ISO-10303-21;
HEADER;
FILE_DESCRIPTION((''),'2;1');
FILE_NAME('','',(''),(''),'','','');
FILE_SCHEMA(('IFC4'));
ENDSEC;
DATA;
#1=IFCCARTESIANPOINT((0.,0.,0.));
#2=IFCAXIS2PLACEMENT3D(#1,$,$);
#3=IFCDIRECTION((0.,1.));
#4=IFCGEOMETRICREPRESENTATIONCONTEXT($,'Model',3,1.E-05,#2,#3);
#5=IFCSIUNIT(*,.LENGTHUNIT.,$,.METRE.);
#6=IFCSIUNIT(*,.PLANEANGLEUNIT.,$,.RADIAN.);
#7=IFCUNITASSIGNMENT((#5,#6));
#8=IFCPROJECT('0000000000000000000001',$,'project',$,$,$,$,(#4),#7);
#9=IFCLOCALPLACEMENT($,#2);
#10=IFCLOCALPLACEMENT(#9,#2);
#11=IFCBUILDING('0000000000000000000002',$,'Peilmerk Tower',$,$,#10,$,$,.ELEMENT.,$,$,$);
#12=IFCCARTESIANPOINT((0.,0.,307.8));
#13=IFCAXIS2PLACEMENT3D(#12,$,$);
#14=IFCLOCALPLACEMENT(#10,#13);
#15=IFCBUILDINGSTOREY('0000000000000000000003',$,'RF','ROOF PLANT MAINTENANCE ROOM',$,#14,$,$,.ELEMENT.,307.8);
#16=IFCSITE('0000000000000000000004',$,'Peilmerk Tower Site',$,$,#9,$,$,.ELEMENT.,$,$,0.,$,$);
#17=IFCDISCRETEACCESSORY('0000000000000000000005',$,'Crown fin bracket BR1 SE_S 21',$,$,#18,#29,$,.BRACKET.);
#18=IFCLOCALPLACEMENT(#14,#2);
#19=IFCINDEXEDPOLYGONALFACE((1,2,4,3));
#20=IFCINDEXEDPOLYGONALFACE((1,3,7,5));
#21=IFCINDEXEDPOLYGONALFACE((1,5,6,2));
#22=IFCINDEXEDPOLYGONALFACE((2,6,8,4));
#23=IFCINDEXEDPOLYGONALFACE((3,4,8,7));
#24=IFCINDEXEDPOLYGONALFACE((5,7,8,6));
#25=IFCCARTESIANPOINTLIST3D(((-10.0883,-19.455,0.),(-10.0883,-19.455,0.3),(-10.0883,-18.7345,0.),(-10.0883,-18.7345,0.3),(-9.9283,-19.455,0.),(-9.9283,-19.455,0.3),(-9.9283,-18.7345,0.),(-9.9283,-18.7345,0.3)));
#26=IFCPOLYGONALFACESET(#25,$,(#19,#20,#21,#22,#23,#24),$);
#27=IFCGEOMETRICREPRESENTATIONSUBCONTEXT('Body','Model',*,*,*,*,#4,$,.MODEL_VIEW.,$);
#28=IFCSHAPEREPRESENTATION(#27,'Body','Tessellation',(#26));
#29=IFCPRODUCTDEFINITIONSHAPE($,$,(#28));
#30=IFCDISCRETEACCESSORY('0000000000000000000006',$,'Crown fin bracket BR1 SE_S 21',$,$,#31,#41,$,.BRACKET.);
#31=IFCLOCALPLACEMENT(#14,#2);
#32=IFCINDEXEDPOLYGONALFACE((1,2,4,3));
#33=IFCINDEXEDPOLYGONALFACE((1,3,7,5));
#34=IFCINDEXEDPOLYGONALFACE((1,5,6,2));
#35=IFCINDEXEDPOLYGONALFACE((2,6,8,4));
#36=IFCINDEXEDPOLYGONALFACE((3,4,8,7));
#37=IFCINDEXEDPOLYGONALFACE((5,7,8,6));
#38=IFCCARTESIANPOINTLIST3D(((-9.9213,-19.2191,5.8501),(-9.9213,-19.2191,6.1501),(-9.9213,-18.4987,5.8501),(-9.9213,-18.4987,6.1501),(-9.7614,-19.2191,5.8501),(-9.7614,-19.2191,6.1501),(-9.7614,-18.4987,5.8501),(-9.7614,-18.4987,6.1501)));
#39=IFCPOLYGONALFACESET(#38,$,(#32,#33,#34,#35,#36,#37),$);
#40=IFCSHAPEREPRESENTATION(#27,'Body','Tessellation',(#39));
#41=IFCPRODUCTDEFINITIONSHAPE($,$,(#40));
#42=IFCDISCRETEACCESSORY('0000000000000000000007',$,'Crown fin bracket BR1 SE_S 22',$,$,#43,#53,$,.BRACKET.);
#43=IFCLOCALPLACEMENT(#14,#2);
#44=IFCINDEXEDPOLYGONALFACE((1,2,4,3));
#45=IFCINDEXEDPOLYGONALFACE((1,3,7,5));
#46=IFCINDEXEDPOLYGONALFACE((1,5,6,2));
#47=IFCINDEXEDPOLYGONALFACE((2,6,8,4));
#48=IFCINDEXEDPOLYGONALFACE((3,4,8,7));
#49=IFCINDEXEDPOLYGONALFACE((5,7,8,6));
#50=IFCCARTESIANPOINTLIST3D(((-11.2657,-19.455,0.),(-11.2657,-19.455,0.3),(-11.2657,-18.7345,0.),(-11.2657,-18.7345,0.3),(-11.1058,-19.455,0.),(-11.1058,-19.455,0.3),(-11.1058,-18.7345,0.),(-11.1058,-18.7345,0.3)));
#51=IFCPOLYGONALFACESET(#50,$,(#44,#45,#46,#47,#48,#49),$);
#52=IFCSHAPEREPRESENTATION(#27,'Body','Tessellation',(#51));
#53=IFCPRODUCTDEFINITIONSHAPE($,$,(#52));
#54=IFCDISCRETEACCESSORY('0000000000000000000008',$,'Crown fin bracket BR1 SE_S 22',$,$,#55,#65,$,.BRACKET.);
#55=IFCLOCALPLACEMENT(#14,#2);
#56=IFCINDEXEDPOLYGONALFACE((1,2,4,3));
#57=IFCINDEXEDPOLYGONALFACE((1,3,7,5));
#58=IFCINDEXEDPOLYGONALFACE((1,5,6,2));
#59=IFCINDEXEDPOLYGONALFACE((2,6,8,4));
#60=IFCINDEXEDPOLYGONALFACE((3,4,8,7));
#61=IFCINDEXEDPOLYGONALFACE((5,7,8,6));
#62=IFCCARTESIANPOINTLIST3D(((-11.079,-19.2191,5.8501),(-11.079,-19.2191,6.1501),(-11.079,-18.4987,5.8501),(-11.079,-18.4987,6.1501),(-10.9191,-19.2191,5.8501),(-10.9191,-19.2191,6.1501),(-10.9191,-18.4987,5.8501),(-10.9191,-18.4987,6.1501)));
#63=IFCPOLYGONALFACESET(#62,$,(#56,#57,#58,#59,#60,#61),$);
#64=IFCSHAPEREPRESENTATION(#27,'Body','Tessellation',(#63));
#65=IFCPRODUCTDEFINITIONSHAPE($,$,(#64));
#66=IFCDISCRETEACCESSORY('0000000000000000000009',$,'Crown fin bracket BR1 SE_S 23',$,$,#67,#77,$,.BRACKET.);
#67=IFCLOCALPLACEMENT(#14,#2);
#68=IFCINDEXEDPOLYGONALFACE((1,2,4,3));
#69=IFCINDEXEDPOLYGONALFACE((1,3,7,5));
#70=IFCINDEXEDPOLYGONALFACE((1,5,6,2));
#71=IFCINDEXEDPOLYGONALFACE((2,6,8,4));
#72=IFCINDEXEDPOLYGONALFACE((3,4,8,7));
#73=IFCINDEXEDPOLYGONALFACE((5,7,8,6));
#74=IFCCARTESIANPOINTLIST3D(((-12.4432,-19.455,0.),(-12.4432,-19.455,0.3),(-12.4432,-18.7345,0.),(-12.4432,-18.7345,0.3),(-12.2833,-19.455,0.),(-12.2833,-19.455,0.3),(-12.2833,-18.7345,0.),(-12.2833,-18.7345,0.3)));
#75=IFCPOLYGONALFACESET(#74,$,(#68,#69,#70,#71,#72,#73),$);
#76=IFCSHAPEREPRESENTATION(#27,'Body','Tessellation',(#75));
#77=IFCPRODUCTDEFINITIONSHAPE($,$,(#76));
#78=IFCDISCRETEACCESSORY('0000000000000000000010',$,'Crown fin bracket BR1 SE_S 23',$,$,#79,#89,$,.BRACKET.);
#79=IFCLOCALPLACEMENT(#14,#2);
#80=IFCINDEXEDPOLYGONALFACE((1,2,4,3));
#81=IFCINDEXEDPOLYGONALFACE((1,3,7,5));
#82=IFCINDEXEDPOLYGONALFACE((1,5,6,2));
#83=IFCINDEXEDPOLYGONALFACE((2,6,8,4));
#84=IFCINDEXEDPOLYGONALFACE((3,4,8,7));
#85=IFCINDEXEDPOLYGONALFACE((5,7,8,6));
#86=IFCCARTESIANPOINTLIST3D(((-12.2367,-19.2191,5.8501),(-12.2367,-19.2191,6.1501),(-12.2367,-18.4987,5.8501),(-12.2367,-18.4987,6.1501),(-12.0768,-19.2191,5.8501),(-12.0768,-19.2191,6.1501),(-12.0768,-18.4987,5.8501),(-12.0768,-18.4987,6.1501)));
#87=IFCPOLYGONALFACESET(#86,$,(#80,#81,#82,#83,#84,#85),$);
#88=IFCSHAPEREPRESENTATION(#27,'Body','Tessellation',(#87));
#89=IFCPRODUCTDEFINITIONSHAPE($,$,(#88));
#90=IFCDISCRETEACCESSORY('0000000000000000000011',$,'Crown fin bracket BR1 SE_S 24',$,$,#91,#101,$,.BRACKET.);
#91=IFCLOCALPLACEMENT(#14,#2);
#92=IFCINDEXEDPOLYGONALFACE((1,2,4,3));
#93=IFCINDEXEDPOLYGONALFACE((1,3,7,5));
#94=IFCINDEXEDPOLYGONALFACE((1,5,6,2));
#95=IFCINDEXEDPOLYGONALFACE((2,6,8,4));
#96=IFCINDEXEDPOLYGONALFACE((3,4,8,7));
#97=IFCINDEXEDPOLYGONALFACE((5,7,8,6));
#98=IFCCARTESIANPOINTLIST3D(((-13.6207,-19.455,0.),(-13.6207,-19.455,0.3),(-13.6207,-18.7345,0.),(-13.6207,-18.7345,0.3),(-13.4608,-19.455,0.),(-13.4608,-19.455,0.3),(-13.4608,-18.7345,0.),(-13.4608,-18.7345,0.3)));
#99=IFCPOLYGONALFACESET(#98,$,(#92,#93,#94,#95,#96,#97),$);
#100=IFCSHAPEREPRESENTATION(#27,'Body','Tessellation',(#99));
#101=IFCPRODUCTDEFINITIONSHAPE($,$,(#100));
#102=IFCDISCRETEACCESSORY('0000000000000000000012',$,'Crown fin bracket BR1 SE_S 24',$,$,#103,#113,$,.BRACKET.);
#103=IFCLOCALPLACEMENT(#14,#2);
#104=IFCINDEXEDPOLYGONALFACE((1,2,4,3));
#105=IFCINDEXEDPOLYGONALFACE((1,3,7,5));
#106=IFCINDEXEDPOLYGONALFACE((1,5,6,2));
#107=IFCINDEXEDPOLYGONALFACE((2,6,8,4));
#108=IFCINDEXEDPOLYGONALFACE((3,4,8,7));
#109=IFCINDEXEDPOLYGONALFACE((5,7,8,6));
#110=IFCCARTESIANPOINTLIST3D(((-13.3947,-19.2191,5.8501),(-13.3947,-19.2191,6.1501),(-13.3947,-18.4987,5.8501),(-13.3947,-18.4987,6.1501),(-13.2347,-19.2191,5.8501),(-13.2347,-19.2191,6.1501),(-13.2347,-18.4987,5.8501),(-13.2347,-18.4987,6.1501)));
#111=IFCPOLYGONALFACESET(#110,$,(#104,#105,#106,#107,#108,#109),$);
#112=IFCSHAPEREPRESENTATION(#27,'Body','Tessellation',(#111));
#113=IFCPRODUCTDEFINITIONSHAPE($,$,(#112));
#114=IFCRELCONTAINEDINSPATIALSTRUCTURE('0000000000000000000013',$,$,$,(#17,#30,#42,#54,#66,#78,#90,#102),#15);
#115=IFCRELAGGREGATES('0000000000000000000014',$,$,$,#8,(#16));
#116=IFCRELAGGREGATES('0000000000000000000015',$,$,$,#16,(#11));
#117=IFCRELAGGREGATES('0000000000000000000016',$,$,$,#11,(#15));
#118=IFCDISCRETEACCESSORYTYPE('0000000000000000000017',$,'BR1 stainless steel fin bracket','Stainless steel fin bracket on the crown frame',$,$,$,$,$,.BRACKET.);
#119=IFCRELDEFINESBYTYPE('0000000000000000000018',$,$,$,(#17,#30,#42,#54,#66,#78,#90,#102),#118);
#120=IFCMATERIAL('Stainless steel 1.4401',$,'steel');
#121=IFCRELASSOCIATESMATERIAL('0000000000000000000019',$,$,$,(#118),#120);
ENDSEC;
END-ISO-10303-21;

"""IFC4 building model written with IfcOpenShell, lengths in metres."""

from ifc_helpers import new_model, si_unit, direction, frame, origin, origin_2d, place, context, subcontext, project, spatial, rectangle, extrude, source, transform, mapped, material, type_object, element, save


model = new_model("IFC4")

# Units and contexts
model_context = context("Model", 3, precision=1e-05, world=origin(), true_north=direction((0.0, 1.0)))
body_context = subcontext(model_context, "Body", "Model", "MODEL_VIEW")
ifc_project = project(units=[si_unit("LENGTHUNIT", "METRE"), si_unit("PLANEANGLEUNIT", "RADIAN")], contexts=[model_context])

# Site, building, storey
site_placement = place(None, origin())
site = spatial("IfcSite", under=ifc_project, at=site_placement, Name="Peilmerk Tower Site", CompositionType="ELEMENT", RefElevation=0.0)
building_placement = place(site_placement, origin())
building = spatial("IfcBuilding", under=site, at=building_placement, Name="Peilmerk Tower", CompositionType="ELEMENT")
storey_placement = place(building_placement, frame((0.0, 0.0, 307.8)))
storey = spatial("IfcBuildingStorey", under=building, at=storey_placement, Name="RF", Description="ROOF PLANT MAINTENANCE ROOM", CompositionType="ELEMENT", Elevation=307.8)

# Discrete accessories
ifc_material_1 = material(Name="Stainless steel 1.4401", Category="steel")
discrete_accessory_type = type_object("IfcDiscreteAccessoryType", Name="BR1 stainless steel fin bracket", Description="Stainless steel fin bracket on the crown frame", PredefinedType="BRACKET", material=ifc_material_1)
shared_shape_1 = source(origin(), body_context, "Body", "SweptSolid", [
    extrude(rectangle(XDim=0.7205, YDim=0.1599, at=origin_2d()), origin(), (0.0, 0.0, 1.0), 0.3),
])
for number, where, z_axis, x_axis, name in (
    (1, (-10.0083, -19.0947, 0.0), (0.0, 0.0, 1.0), (0.0, -1.0, 0.0), "Crown fin bracket BR1 SE_S 21"),
    (2, (-9.8413, -18.8589, 5.8501), (0.0, 0.0, 1.0), (0.0, -1.0, 0.0), "Crown fin bracket BR1 SE_S 21"),
    (3, (-11.1858, -19.0947, 0.0), (0.0, 0.0, 1.0), (0.0, -1.0, 0.0), "Crown fin bracket BR1 SE_S 22"),
    (4, (-10.999, -18.8589, 5.8501), (0.0, 0.0, 1.0), (0.0, -1.0, 0.0), "Crown fin bracket BR1 SE_S 22"),
    (5, (-12.3633, -19.0947, 0.0), (0.0, 0.0, 1.0), (0.0, -1.0, 0.0), "Crown fin bracket BR1 SE_S 23"),
    (6, (-12.1567, -18.8589, 5.8501), (0.0, 0.0, 1.0), (0.0, -1.0, 0.0), "Crown fin bracket BR1 SE_S 23"),
    (7, (-13.5408, -19.0947, 0.0), (0.0, 0.0, 1.0), (0.0, -1.0, 0.0), "Crown fin bracket BR1 SE_S 24"),
    (8, (-13.3147, -18.8589, 5.8501), (0.0, 0.0, 1.0), (0.0, -1.0, 0.0), "Crown fin bracket BR1 SE_S 24"),
):
    element("IfcDiscreteAccessory", number, at=place(storey_placement, frame(where, z_axis=z_axis, x_axis=x_axis)), inside=storey, type_object=discrete_accessory_type, Name=name, PredefinedType="BRACKET", context=body_context, shape_type="MappedRepresentation", body=[
        mapped(shared_shape_1, transform((0.0, 0.0, 0.0), scale=1.0)),
    ])

save(model, "model.ifc")
